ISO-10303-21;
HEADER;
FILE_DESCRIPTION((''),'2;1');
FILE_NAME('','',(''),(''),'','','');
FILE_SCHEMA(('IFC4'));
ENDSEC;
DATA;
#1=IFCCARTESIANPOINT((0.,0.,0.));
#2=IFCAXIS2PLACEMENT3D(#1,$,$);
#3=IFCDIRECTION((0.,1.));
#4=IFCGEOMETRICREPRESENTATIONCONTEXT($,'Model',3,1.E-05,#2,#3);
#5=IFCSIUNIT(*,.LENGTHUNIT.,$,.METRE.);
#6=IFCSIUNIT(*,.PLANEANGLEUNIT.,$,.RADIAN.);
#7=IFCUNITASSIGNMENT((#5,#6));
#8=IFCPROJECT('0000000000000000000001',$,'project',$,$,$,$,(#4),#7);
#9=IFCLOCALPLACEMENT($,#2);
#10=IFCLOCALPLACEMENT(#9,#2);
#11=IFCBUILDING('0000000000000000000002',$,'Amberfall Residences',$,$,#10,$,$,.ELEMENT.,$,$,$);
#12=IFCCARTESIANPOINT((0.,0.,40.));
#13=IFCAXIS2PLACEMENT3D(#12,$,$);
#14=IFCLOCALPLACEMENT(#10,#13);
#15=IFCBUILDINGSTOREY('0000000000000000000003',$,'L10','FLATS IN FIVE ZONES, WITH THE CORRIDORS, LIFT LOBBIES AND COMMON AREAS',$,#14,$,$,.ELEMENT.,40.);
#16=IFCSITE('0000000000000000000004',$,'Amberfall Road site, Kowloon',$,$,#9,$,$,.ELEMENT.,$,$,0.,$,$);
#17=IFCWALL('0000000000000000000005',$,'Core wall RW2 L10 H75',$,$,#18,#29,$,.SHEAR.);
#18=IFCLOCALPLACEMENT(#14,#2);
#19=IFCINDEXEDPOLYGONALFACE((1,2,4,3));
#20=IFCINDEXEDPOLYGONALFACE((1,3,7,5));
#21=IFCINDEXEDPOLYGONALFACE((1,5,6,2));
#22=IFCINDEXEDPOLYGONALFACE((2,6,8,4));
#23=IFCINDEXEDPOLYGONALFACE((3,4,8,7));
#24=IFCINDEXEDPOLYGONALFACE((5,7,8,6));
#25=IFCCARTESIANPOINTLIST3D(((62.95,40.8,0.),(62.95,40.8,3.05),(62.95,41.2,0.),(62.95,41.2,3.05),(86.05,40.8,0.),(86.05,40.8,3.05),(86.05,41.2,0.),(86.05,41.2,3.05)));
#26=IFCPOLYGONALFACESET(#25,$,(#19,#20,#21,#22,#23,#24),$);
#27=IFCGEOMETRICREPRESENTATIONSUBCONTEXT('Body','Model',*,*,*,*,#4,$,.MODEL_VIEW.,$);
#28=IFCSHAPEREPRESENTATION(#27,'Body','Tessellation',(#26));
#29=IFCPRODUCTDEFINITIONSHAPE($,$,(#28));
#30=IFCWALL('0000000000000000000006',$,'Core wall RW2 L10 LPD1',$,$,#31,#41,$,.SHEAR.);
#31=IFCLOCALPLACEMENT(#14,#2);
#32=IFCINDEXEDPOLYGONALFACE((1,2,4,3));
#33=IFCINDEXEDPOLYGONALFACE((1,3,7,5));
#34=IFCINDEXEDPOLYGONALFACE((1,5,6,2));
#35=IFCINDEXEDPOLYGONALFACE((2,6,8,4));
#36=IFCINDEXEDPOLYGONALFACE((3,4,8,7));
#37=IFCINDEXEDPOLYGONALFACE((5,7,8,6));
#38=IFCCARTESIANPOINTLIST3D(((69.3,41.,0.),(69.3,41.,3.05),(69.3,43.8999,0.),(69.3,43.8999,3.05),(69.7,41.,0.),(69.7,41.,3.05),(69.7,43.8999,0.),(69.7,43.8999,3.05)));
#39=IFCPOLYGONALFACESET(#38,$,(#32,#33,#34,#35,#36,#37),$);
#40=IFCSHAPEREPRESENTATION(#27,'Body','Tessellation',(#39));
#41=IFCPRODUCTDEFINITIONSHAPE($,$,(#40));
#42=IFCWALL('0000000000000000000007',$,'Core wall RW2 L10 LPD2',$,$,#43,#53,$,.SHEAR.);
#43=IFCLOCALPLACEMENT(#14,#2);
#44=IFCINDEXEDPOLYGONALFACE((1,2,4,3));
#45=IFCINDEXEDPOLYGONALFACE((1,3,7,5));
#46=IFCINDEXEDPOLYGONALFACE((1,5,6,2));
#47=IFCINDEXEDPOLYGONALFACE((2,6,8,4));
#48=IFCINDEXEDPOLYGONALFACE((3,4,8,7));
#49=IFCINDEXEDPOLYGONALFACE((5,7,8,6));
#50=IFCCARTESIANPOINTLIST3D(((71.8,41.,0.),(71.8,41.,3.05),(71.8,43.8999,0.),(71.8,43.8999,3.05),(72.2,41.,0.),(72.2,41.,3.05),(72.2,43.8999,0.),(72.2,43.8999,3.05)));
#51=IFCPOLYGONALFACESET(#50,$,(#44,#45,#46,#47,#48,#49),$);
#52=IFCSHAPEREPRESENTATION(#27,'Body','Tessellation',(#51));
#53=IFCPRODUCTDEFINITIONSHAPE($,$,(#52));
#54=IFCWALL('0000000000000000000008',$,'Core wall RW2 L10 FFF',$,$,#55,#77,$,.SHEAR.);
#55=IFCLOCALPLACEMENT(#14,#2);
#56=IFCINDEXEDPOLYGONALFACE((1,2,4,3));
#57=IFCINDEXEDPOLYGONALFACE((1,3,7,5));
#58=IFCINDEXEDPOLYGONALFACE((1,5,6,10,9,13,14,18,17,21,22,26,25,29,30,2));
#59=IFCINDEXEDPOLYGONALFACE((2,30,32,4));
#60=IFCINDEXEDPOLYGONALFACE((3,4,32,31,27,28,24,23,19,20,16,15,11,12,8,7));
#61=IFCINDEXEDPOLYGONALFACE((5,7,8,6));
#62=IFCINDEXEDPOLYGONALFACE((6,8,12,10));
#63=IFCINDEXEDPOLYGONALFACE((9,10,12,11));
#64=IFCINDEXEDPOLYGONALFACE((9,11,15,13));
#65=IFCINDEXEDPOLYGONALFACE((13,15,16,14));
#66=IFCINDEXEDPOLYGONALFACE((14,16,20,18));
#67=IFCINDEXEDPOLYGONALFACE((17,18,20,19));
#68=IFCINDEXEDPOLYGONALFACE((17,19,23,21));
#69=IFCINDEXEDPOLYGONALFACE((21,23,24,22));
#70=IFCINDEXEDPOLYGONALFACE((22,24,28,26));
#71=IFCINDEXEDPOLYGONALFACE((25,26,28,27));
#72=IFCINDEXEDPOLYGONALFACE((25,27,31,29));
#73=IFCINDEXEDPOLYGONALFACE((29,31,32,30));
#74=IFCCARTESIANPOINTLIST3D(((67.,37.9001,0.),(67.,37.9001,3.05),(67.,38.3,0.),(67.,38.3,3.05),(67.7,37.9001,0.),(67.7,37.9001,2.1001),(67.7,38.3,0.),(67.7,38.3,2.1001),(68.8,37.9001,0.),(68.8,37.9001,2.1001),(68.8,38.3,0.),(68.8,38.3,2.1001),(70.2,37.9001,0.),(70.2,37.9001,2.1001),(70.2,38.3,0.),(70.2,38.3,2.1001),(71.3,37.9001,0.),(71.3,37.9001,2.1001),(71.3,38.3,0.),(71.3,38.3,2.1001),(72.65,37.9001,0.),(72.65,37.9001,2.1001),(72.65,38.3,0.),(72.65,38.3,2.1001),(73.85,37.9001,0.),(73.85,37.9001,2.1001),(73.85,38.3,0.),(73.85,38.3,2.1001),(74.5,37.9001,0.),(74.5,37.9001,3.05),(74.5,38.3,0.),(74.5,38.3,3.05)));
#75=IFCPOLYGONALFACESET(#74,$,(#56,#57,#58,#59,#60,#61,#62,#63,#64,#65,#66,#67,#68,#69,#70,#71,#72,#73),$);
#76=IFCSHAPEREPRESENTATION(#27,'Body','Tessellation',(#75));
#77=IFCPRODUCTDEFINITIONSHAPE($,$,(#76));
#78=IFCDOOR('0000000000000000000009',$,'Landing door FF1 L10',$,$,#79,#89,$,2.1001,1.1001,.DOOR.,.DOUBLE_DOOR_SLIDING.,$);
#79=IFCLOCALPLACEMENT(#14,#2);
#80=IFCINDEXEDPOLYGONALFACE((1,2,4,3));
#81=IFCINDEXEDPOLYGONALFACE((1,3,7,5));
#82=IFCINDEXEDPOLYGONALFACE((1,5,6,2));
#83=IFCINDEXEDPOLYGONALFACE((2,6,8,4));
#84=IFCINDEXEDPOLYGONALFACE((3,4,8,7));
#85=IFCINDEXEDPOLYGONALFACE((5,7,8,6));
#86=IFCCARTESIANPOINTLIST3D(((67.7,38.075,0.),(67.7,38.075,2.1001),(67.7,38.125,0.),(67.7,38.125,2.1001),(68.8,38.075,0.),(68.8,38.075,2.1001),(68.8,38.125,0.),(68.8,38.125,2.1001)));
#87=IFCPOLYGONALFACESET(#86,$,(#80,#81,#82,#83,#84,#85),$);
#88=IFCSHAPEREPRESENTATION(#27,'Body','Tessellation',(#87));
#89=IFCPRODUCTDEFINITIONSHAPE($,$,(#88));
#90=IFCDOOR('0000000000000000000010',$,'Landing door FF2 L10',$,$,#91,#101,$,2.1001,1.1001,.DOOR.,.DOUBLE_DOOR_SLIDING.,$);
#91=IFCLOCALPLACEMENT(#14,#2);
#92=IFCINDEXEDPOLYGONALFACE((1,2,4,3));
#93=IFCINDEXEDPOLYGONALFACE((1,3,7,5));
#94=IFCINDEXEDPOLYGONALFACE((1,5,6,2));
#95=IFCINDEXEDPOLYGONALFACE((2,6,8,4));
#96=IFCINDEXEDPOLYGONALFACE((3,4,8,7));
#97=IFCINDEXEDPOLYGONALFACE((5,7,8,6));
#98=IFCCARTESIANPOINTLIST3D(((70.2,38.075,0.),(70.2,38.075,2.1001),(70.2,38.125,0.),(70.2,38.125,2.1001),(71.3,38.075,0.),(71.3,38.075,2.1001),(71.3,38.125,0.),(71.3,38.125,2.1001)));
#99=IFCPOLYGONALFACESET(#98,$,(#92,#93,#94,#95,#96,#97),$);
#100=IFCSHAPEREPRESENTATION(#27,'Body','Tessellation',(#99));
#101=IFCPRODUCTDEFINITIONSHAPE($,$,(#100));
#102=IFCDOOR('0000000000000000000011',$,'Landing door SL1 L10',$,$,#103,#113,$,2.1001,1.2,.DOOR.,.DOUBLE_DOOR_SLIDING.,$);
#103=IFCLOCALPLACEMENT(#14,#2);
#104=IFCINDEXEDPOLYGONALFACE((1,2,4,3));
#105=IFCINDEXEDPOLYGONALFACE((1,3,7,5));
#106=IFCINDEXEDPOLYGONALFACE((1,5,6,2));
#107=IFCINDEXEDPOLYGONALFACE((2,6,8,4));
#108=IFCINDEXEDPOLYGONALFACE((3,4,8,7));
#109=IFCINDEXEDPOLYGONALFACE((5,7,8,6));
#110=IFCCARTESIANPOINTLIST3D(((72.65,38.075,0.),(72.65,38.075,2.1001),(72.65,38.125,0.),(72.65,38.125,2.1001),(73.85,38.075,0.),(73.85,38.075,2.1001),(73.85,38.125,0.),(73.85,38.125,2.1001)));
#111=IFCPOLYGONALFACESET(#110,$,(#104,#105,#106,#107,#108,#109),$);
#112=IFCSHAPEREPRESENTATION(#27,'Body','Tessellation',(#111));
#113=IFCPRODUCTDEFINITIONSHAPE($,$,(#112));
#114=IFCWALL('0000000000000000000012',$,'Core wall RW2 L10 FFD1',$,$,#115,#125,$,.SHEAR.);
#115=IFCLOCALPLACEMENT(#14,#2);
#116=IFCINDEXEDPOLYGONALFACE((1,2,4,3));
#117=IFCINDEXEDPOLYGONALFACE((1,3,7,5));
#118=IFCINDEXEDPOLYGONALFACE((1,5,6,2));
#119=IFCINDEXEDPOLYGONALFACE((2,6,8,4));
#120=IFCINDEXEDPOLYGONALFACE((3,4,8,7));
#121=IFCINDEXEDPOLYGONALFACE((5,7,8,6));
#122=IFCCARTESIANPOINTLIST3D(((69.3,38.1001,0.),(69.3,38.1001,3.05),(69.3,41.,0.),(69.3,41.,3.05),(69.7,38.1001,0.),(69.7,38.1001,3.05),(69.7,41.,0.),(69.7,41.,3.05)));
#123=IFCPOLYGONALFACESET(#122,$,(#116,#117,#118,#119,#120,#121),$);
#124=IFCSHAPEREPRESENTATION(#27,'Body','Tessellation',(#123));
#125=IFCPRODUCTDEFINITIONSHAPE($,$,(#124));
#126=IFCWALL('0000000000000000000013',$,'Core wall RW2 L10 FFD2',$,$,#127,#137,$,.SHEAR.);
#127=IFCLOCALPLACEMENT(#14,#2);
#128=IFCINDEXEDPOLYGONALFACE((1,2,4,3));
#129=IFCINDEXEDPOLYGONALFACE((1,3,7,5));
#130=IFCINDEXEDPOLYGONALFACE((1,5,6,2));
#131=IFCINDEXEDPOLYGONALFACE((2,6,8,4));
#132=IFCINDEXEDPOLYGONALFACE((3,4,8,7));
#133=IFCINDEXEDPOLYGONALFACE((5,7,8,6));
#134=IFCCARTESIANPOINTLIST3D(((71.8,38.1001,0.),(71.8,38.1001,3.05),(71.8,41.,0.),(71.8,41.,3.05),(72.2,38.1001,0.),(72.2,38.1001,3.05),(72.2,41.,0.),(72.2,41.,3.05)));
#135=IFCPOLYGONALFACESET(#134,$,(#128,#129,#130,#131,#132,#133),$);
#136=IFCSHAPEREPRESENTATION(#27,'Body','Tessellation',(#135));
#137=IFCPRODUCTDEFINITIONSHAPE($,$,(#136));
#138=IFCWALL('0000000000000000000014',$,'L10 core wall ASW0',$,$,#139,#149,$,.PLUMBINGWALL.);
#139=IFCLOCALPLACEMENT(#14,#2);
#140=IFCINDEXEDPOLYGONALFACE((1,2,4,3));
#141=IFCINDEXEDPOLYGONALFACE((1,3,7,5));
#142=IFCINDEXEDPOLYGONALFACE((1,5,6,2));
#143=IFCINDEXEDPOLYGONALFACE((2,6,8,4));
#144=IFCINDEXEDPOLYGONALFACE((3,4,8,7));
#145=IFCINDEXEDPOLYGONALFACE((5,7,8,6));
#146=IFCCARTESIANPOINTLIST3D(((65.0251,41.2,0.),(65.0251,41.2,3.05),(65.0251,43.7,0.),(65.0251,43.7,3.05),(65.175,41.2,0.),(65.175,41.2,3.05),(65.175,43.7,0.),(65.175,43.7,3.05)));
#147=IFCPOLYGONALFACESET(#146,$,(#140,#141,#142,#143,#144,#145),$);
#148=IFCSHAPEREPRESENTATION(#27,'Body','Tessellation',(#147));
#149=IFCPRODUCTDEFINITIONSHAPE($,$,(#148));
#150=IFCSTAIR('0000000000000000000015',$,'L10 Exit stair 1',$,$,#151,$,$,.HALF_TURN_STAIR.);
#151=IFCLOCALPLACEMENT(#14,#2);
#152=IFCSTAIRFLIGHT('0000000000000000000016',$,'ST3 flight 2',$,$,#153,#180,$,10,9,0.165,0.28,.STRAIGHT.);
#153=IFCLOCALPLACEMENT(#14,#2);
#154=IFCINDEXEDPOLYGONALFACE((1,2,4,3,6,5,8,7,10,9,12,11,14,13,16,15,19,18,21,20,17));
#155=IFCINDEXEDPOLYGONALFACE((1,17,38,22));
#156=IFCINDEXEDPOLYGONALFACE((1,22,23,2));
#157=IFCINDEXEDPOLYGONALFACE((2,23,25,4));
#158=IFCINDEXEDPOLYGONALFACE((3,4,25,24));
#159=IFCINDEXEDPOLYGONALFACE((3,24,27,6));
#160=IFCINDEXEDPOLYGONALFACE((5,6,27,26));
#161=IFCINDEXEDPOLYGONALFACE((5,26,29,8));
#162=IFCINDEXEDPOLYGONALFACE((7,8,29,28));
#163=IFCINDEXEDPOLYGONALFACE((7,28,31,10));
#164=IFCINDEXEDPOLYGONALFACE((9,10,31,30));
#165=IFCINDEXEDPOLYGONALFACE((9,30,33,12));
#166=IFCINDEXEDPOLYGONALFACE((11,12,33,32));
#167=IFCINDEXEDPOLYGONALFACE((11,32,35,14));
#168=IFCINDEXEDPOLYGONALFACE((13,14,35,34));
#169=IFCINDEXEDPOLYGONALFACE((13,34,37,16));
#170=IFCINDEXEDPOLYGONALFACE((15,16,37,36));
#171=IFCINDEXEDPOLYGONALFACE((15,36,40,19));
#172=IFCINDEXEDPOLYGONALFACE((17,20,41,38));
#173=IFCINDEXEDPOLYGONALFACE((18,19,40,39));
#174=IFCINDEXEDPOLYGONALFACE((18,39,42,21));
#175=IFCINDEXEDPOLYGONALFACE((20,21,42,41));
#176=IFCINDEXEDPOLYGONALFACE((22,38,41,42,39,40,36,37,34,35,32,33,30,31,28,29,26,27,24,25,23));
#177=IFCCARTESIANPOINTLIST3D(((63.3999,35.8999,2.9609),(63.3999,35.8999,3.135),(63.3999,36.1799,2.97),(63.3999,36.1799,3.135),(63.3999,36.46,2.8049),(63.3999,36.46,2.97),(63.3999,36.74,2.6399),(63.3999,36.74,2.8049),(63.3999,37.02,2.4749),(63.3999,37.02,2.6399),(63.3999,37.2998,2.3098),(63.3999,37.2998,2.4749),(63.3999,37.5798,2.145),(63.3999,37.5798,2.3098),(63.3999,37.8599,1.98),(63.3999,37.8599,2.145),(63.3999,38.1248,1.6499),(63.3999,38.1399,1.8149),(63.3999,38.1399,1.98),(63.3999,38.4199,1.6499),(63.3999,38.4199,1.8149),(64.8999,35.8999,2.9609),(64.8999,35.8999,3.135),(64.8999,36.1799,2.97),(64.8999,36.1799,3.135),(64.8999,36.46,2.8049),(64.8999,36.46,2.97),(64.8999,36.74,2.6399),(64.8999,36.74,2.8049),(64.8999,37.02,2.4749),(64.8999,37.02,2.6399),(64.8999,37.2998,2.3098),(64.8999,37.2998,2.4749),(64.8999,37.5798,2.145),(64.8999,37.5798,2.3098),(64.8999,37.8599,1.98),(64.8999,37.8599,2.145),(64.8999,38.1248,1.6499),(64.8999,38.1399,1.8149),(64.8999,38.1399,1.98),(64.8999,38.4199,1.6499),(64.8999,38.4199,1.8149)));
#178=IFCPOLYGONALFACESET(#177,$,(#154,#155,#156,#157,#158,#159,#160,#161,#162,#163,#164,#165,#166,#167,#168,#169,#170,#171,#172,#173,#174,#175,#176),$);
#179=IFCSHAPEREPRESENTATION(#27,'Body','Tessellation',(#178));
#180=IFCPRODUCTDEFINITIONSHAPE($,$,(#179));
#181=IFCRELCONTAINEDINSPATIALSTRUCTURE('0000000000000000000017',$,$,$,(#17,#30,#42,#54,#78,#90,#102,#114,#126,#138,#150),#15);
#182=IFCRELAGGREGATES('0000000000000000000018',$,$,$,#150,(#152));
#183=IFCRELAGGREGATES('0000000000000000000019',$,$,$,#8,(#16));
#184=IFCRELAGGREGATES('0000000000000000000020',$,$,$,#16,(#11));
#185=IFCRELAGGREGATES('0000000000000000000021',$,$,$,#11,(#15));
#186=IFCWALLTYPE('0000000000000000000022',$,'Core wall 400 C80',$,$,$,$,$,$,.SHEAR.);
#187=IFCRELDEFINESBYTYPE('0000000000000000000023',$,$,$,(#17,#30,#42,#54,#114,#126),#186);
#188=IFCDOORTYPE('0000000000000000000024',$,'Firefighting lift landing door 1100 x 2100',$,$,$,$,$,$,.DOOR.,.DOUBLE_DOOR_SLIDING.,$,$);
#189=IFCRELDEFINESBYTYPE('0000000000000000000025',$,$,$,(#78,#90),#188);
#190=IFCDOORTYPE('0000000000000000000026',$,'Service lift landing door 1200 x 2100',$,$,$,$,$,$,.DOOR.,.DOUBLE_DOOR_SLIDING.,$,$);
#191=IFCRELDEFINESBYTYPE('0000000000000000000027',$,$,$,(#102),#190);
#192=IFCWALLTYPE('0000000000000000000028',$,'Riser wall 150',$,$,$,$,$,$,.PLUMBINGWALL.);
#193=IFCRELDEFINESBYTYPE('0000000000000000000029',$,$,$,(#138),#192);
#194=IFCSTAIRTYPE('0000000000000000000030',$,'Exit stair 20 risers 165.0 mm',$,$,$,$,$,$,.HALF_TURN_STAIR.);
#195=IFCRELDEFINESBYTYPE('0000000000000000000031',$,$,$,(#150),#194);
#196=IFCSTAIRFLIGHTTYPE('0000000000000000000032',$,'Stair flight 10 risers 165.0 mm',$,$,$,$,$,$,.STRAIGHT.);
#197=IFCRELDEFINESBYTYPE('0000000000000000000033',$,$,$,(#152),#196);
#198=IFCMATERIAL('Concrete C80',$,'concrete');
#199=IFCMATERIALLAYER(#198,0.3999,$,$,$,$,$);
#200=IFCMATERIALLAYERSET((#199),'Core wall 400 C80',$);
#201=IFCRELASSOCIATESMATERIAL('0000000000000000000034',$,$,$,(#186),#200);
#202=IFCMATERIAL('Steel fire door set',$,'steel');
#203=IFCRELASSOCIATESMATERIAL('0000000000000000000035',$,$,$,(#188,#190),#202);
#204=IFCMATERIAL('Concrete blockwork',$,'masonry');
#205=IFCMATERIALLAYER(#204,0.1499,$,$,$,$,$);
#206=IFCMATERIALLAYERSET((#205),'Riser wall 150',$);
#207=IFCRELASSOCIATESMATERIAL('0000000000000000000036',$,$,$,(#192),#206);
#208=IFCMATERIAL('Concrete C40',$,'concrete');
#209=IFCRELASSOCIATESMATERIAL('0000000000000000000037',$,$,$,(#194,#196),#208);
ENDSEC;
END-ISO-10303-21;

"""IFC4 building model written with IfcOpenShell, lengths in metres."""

from ifc_helpers import new_model, si_unit, direction, frame, frame_2d, origin, place, context, subcontext, project, spatial, polyline, rectangle, outline, extrude, material, layer, layer_set, type_object, element, fill, aggregate, save


model = new_model("IFC4")

# Units and contexts
model_context = context("Model", 3, precision=1e-05, world=origin(), true_north=direction((0.0, 1.0)))
body_context = subcontext(model_context, "Body", "Model", "MODEL_VIEW")
ifc_project = project(units=[si_unit("LENGTHUNIT", "METRE"), si_unit("PLANEANGLEUNIT", "RADIAN")], contexts=[model_context])

# Site, building, storey
site_placement = place(None, origin())
site = spatial("IfcSite", under=ifc_project, at=site_placement, Name="Amberfall Road site, Kowloon", CompositionType="ELEMENT", RefElevation=0.0)
building_placement = place(site_placement, origin())
building = spatial("IfcBuilding", under=site, at=building_placement, Name="Amberfall Residences", CompositionType="ELEMENT")
storey_placement = place(building_placement, frame((0.0, 0.0, 40.0)))
storey = spatial("IfcBuildingStorey", under=building, at=storey_placement, Name="L10", Description="FLATS IN FIVE ZONES, WITH THE CORRIDORS, LIFT LOBBIES AND COMMON AREAS", CompositionType="ELEMENT", Elevation=40.0)

# Wall
ifc_material_1 = material(Name="Concrete C80", Category="concrete")
ifc_layer_1 = layer(ifc_material_1, 0.3999)
ifc_layer_set_1 = layer_set([ifc_layer_1], Name="Core wall 400 C80")
wall_type_1 = type_object("IfcWallType", Name="Core wall 400 C80", PredefinedType="SHEAR", material=ifc_layer_set_1)
wall_1_placement = place(storey_placement, frame((62.95, 41.0, 0.0), z_axis=(0.0, 0.0, 1.0), x_axis=(1.0, 0.0, 0.0)))
element("IfcWall", 1, at=wall_1_placement, inside=storey, type_object=wall_type_1, Name="Core wall RW2 L10 H75", PredefinedType="SHEAR", context=body_context, shape_type="SweptSolid", body=[
    extrude(rectangle(XDim=23.1001, YDim=0.3999, at=frame_2d((11.55, 0.0))), origin(), (0.0, 0.0, 1.0), 3.05),
])

# Shared definitions
ifc_material_2 = material(Name="Steel fire door set", Category="steel")

# Walls
for number, where, z_axis, x_axis, name in (
    (2, (69.5, 41.0, 0.0), (0.0, 0.0, 1.0), (0.0, 1.0, 0.0), "Core wall RW2 L10 LPD1"),
    (3, (72.0, 41.0, 0.0), (0.0, 0.0, 1.0), (0.0, 1.0, 0.0), "Core wall RW2 L10 LPD2"),
):
    element("IfcWall", number, at=place(storey_placement, frame(where, z_axis=z_axis, x_axis=x_axis)), inside=storey, type_object=wall_type_1, Name=name, PredefinedType="SHEAR", context=body_context, shape_type="SweptSolid", body=[
        extrude(rectangle(XDim=2.8999, YDim=0.3999, at=frame_2d((1.45, 0.0))), origin(), (0.0, 0.0, 1.0), 3.05),
    ])

# Wall, openings, doors
wall_2_placement = place(storey_placement, frame((67.0, 38.1001, 0.0), z_axis=(0.0, 0.0, 1.0), x_axis=(1.0, 0.0, 0.0)))
wall_2 = element("IfcWall", 4, at=wall_2_placement, inside=storey, type_object=wall_type_1, Name="Core wall RW2 L10 FFF", PredefinedType="SHEAR", context=body_context, shape_type="SweptSolid", body=[
    extrude(rectangle(XDim=7.5, YDim=0.3999, at=frame_2d((3.75, 0.0))), origin(), (0.0, 0.0, 1.0), 3.05),
])
opening_1_placement = place(wall_2_placement, frame((0.7, 0.0, 0.0)))
opening_1 = element("IfcOpeningElement", 5, at=opening_1_placement, cuts=wall_2, PredefinedType="OPENING", context=body_context, shape_type="SweptSolid", body=[
    extrude(rectangle(XDim=1.1001, YDim=2.1001, at=frame_2d((0.55, 1.05))), frame((0.0, 0.21, 0.0), z_axis=(0.0, -1.0, 0.0), x_axis=(1.0, 0.0, 0.0)), (0.0, 0.0, 1.0), 0.4199),
])
opening_2_placement = place(wall_2_placement, frame((3.2, 0.0, 0.0)))
opening_2 = element("IfcOpeningElement", 6, at=opening_2_placement, cuts=wall_2, PredefinedType="OPENING", context=body_context, shape_type="SweptSolid", body=[
    extrude(rectangle(XDim=1.1001, YDim=2.1001, at=frame_2d((0.55, 1.05))), frame((0.0, 0.21, 0.0), z_axis=(0.0, -1.0, 0.0), x_axis=(1.0, 0.0, 0.0)), (0.0, 0.0, 1.0), 0.4199),
])
opening_3_placement = place(wall_2_placement, frame((5.6499, 0.0, 0.0)))
opening_3 = element("IfcOpeningElement", 7, at=opening_3_placement, cuts=wall_2, PredefinedType="OPENING", context=body_context, shape_type="SweptSolid", body=[
    extrude(rectangle(XDim=1.2, YDim=2.1001, at=frame_2d((0.6001, 1.05))), frame((0.0, 0.21, 0.0), z_axis=(0.0, -1.0, 0.0), x_axis=(1.0, 0.0, 0.0)), (0.0, 0.0, 1.0), 0.4199),
])
door_type_1 = type_object("IfcDoorType", Name="Firefighting lift landing door 1100 x 2100", OperationType="DOUBLE_DOOR_SLIDING", PredefinedType="DOOR", material=ifc_material_2)
door_1_placement = place(opening_1_placement, origin())
door_1 = element("IfcDoor", 8, at=door_1_placement, inside=storey, type_object=door_type_1, Name="Landing door FF1 L10", OperationType="DOUBLE_DOOR_SLIDING", OverallHeight=2.1001, OverallWidth=1.1001, PredefinedType="DOOR", context=body_context, shape_type="SweptSolid", body=[
    extrude(rectangle(XDim=1.1001, YDim=2.1001, at=frame_2d((0.55, 1.05))), frame((0.0, 0.0249, 0.0), z_axis=(0.0, -1.0, 0.0), x_axis=(1.0, 0.0, 0.0)), (0.0, 0.0, 1.0), 0.05),
])
fill(opening_1, door_1)
door_2_placement = place(opening_2_placement, origin())
door_2 = element("IfcDoor", 9, at=door_2_placement, inside=storey, type_object=door_type_1, Name="Landing door FF2 L10", OperationType="DOUBLE_DOOR_SLIDING", OverallHeight=2.1001, OverallWidth=1.1001, PredefinedType="DOOR", context=body_context, shape_type="SweptSolid", body=[
    extrude(rectangle(XDim=1.1001, YDim=2.1001, at=frame_2d((0.55, 1.05))), frame((0.0, 0.0249, 0.0), z_axis=(0.0, -1.0, 0.0), x_axis=(1.0, 0.0, 0.0)), (0.0, 0.0, 1.0), 0.05),
])
fill(opening_2, door_2)
door_type_2 = type_object("IfcDoorType", Name="Service lift landing door 1200 x 2100", OperationType="DOUBLE_DOOR_SLIDING", PredefinedType="DOOR", material=ifc_material_2)
door_3_placement = place(opening_3_placement, origin())
door_3 = element("IfcDoor", 10, at=door_3_placement, inside=storey, type_object=door_type_2, Name="Landing door SL1 L10", OperationType="DOUBLE_DOOR_SLIDING", OverallHeight=2.1001, OverallWidth=1.2, PredefinedType="DOOR", context=body_context, shape_type="SweptSolid", body=[
    extrude(rectangle(XDim=1.2, YDim=2.1001, at=frame_2d((0.6001, 1.05))), frame((0.0, 0.0249, 0.0), z_axis=(0.0, -1.0, 0.0), x_axis=(1.0, 0.0, 0.0)), (0.0, 0.0, 1.0), 0.05),
])
fill(opening_3, door_3)

# Walls
for number, where, z_axis, x_axis, name in (
    (11, (69.5, 38.1001, 0.0), (0.0, 0.0, 1.0), (0.0, 1.0, 0.0), "Core wall RW2 L10 FFD1"),
    (12, (72.0, 38.1001, 0.0), (0.0, 0.0, 1.0), (0.0, 1.0, 0.0), "Core wall RW2 L10 FFD2"),
):
    element("IfcWall", number, at=place(storey_placement, frame(where, z_axis=z_axis, x_axis=x_axis)), inside=storey, type_object=wall_type_1, Name=name, PredefinedType="SHEAR", context=body_context, shape_type="SweptSolid", body=[
        extrude(rectangle(XDim=2.8999, YDim=0.3999, at=frame_2d((1.45, 0.0))), origin(), (0.0, 0.0, 1.0), 3.05),
    ])
ifc_material_3 = material(Name="Concrete blockwork", Category="masonry")
ifc_layer_2 = layer(ifc_material_3, 0.1499)
ifc_layer_set_2 = layer_set([ifc_layer_2], Name="Riser wall 150")
wall_type_2 = type_object("IfcWallType", Name="Riser wall 150", PredefinedType="PLUMBINGWALL", material=ifc_layer_set_2)
wall_3_placement = place(storey_placement, frame((65.1001, 41.2, 0.0), z_axis=(0.0, 0.0, 1.0), x_axis=(0.0, 1.0, 0.0)))
element("IfcWall", 13, at=wall_3_placement, inside=storey, type_object=wall_type_2, Name="L10 core wall ASW0", PredefinedType="PLUMBINGWALL", context=body_context, shape_type="SweptSolid", body=[
    extrude(rectangle(XDim=2.5, YDim=0.1499, at=frame_2d((1.25, 0.0))), origin(), (0.0, 0.0, 1.0), 3.05),
])

# Stair, stair flight
ifc_material_4 = material(Name="Concrete C40", Category="concrete")
stair_type = type_object("IfcStairType", Name="Exit stair 20 risers 165.0 mm", PredefinedType="HALF_TURN_STAIR", material=ifc_material_4)
stair_placement = place(storey_placement, origin())
stair = element("IfcStair", 14, at=stair_placement, inside=storey, type_object=stair_type, Name="L10 Exit stair 1", PredefinedType="HALF_TURN_STAIR")
stair_flight_type = type_object("IfcStairFlightType", Name="Stair flight 10 risers 165.0 mm", PredefinedType="STRAIGHT", material=ifc_material_4)
stair_flight_placement = place(storey_placement, frame((64.1499, 38.4199, 1.6499), z_axis=(0.0, 0.0, 1.0), x_axis=(0.0, -1.0, 0.0)))
stair_flight = element("IfcStairFlight", 15, at=stair_flight_placement, type_object=stair_flight_type, Name="ST3 flight 2", NumberOfRisers=10, NumberOfTreads=9, PredefinedType="STRAIGHT", RiserHeight=0.165, TreadLength=0.28, context=body_context, shape_type="SweptSolid", body=[
    extrude(outline(polyline([(0.0, 0.0), (0.0, 0.165), (0.28, 0.165), (0.28, 0.3301), (0.5601, 0.3301), (0.5601, 0.4951), (0.8401, 0.4951), (0.8401, 0.6599), (1.1201, 0.6599), (1.1201, 0.825), (1.3999, 0.825), (1.3999, 0.99), (1.6799, 0.99), (1.6799, 1.155), (1.96, 1.155), (1.96, 1.3201), (2.24, 1.3201), (2.24, 1.4851), (2.52, 1.4851), (2.52, 1.6499), (2.52, 1.311), (0.2952, 0.0), (0.0, 0.0)])), frame((0.0, 0.75, 0.0), z_axis=(0.0, -1.0, 0.0), x_axis=(1.0, 0.0, 0.0)), (0.0, 0.0, 1.0), 1.5),
])
aggregate(stair, [stair_flight])

save(model, "model.ifc")
